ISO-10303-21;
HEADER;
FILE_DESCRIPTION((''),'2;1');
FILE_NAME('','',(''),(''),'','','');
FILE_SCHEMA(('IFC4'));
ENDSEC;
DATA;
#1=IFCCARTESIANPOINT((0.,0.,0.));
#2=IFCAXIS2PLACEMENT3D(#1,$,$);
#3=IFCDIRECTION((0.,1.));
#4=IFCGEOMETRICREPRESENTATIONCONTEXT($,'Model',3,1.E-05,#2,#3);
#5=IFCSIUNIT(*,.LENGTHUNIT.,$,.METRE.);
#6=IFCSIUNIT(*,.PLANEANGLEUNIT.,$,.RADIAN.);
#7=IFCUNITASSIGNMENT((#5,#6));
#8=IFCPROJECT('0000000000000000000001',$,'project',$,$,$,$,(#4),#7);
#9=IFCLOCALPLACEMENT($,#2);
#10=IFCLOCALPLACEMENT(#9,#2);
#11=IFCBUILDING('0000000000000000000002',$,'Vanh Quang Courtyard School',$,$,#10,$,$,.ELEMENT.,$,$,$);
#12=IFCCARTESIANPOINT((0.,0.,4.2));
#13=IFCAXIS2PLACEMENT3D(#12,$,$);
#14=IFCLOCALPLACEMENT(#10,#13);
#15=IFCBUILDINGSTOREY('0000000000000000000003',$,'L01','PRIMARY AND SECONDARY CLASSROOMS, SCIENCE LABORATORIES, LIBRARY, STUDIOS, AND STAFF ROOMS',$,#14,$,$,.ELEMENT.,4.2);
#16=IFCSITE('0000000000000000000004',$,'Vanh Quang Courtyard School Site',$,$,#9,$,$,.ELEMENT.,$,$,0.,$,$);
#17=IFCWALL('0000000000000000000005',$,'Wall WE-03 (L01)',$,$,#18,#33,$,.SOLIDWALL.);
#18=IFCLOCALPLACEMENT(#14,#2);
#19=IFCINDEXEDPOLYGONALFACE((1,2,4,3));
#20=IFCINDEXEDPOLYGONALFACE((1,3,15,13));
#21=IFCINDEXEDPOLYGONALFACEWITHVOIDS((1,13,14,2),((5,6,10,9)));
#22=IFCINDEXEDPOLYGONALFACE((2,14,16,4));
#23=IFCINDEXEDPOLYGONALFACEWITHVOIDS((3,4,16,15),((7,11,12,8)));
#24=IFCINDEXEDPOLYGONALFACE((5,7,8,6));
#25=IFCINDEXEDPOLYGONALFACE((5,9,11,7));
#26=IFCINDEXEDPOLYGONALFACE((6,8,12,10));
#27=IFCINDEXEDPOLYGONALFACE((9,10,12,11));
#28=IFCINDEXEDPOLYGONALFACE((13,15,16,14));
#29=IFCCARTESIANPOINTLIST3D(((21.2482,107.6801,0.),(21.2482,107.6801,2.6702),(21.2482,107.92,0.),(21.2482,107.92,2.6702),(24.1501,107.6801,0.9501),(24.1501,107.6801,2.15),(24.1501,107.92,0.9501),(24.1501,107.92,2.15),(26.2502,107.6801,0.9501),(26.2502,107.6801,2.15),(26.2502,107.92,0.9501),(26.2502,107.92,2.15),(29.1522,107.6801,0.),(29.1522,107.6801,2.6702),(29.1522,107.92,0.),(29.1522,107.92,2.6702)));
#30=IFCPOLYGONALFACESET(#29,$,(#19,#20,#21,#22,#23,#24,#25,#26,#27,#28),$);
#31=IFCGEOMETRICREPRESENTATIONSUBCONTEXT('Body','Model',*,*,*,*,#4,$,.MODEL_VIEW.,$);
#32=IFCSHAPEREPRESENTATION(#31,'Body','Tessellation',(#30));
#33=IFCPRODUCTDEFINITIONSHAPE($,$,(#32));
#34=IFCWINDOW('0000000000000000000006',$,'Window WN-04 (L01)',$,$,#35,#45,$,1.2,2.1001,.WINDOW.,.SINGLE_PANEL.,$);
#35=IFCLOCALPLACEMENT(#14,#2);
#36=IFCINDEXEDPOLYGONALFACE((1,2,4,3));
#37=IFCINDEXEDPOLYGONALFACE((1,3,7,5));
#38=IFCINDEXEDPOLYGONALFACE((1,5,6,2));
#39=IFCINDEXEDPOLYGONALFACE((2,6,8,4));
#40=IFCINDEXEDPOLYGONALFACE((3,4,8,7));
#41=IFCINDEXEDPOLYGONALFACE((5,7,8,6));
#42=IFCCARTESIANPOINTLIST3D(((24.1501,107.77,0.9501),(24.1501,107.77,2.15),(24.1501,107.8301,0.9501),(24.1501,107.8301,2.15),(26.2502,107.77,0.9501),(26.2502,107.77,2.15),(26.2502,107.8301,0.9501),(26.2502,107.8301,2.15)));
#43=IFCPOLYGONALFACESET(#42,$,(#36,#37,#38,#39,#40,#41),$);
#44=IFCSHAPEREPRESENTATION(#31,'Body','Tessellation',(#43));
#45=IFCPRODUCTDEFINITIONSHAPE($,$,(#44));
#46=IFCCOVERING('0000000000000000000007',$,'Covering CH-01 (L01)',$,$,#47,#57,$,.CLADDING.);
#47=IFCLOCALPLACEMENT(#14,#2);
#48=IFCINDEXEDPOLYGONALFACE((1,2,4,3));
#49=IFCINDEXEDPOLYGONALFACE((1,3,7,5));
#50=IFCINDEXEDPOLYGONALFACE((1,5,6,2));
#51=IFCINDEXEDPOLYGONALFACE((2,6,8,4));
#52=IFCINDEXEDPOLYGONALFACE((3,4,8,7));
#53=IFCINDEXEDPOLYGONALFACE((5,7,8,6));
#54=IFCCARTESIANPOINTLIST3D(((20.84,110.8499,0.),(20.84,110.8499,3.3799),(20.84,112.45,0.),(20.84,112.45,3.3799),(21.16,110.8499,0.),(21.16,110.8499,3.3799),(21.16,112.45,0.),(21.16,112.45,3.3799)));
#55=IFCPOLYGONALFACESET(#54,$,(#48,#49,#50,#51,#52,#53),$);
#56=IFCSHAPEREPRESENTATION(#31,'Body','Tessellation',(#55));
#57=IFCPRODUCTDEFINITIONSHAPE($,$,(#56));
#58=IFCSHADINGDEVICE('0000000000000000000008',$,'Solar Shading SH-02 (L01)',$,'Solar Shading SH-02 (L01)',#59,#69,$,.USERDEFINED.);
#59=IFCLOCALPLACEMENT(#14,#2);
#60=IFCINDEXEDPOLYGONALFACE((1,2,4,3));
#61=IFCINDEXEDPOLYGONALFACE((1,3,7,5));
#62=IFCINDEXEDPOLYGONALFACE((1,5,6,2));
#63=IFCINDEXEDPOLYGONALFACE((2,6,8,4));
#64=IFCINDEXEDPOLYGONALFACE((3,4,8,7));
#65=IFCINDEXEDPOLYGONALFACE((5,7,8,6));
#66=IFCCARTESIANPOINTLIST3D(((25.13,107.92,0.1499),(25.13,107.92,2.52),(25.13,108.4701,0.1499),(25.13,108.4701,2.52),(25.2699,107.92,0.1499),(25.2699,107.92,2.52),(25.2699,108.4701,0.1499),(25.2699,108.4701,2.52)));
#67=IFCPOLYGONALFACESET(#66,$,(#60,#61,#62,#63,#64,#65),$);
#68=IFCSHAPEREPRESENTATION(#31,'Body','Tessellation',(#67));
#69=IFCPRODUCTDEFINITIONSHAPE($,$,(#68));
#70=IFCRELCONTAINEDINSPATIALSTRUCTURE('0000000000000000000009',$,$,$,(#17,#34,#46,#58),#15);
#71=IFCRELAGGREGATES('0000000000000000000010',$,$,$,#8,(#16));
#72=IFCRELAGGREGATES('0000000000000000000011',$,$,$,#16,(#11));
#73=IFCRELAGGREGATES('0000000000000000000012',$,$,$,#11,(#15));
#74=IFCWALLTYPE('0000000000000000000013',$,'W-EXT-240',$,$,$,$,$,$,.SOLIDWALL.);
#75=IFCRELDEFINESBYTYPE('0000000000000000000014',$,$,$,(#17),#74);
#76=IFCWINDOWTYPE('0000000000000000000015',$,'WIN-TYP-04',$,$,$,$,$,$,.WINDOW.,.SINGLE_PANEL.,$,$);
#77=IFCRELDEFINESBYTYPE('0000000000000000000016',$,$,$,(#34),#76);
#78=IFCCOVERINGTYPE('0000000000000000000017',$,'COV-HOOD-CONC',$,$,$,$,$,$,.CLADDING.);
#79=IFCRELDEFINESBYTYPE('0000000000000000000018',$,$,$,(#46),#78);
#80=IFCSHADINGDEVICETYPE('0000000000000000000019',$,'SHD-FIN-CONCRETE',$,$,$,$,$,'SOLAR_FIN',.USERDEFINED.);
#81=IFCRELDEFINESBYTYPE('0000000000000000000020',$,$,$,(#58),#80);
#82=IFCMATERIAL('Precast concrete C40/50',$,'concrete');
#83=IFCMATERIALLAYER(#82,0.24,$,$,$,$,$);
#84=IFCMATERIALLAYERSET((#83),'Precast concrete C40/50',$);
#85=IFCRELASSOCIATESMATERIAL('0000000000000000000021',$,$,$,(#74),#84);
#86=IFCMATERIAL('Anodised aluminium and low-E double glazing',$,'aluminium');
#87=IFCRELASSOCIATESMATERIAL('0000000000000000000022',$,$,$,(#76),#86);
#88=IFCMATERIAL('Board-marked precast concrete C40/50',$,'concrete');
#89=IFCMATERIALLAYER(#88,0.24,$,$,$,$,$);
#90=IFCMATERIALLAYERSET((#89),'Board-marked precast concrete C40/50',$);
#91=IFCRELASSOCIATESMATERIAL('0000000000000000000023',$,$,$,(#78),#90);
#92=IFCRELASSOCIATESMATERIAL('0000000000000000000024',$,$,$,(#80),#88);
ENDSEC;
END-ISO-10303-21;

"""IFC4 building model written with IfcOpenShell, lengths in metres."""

from ifc_helpers import new_model, si_unit, direction, frame, frame_2d, origin, origin_2d, place, context, subcontext, project, spatial, rectangle, extrude, material, layer, layer_set, type_object, element, fill, save


model = new_model("IFC4")

# Units and contexts
model_context = context("Model", 3, precision=1e-05, world=origin(), true_north=direction((0.0, 1.0)))
body_context = subcontext(model_context, "Body", "Model", "MODEL_VIEW")
ifc_project = project(units=[si_unit("LENGTHUNIT", "METRE"), si_unit("PLANEANGLEUNIT", "RADIAN")], contexts=[model_context])

# Site, building, storey
site_placement = place(None, origin())
site = spatial("IfcSite", under=ifc_project, at=site_placement, Name="Vanh Quang Courtyard School Site", CompositionType="ELEMENT", RefElevation=0.0)
building_placement = place(site_placement, origin())
building = spatial("IfcBuilding", under=site, at=building_placement, Name="Vanh Quang Courtyard School", CompositionType="ELEMENT")
storey_placement = place(building_placement, frame((0.0, 0.0, 4.2)))
storey = spatial("IfcBuildingStorey", under=building, at=storey_placement, Name="L01", Description="PRIMARY AND SECONDARY CLASSROOMS, SCIENCE LABORATORIES, LIBRARY, STUDIOS, AND STAFF ROOMS", CompositionType="ELEMENT", Elevation=4.2)

# Wall, opening, window
ifc_material_1 = material(Name="Precast concrete C40/50", Category="concrete")
ifc_layer_1 = layer(ifc_material_1, 0.24)
ifc_layer_set_1 = layer_set([ifc_layer_1], Name="Precast concrete C40/50")
wall_type = type_object("IfcWallType", Name="W-EXT-240", PredefinedType="SOLIDWALL", material=ifc_layer_set_1)
wall_placement = place(storey_placement, frame((21.248, 107.8, 0.0), z_axis=(0.0, 0.0, 1.0), x_axis=(1.0, 0.0, 0.0)))
wall = element("IfcWall", 1, at=wall_placement, inside=storey, type_object=wall_type, Name="Wall WE-03 (L01)", PredefinedType="SOLIDWALL", context=body_context, shape_type="SweptSolid", body=[
    extrude(rectangle(XDim=7.9041, YDim=0.24, at=frame_2d((3.9521, 0.0))), origin(), (0.0, 0.0, 1.0), 2.6702),
])
opening_placement = place(wall_placement, frame((2.9021, 0.0, 0.95)))
opening = element("IfcOpeningElement", 2, at=opening_placement, cuts=wall, PredefinedType="OPENING", context=body_context, shape_type="SweptSolid", body=[
    extrude(rectangle(XDim=2.1001, YDim=1.2, at=frame_2d((1.05, 0.6001))), frame((0.0, 0.1299, 0.0), z_axis=(0.0, -1.0, 0.0), x_axis=(1.0, 0.0, 0.0)), (0.0, 0.0, 1.0), 0.26),
])
ifc_material_2 = material(Name="Anodised aluminium and low-E double glazing", Category="aluminium")
window_type = type_object("IfcWindowType", Name="WIN-TYP-04", PartitioningType="SINGLE_PANEL", PredefinedType="WINDOW", material=ifc_material_2)
window_placement = place(opening_placement, origin())
window = element("IfcWindow", 3, at=window_placement, inside=storey, type_object=window_type, Name="Window WN-04 (L01)", OverallHeight=1.2, OverallWidth=2.1001, PartitioningType="SINGLE_PANEL", PredefinedType="WINDOW", context=body_context, shape_type="SweptSolid", body=[
    extrude(rectangle(XDim=2.1001, YDim=1.2, at=frame_2d((1.05, 0.6001))), frame((0.0, 0.03, 0.0), z_axis=(0.0, -1.0, 0.0), x_axis=(1.0, 0.0, 0.0)), (0.0, 0.0, 1.0), 0.0601),
])
fill(opening, window)

# Covering
ifc_material_3 = material(Name="Board-marked precast concrete C40/50", Category="concrete")
ifc_layer_2 = layer(ifc_material_3, 0.24)
ifc_layer_set_2 = layer_set([ifc_layer_2], Name="Board-marked precast concrete C40/50")
covering_type = type_object("IfcCoveringType", Name="COV-HOOD-CONC", PredefinedType="CLADDING", material=ifc_layer_set_2)
covering_placement = place(storey_placement, frame((21.0, 111.6499, 0.0), z_axis=(0.0, 0.0, 1.0), x_axis=(0.0, 1.0, 0.0)))
element("IfcCovering", 4, at=covering_placement, inside=storey, type_object=covering_type, Name="Covering CH-01 (L01)", PredefinedType="CLADDING", context=body_context, shape_type="SweptSolid", body=[
    extrude(rectangle(XDim=1.6001, YDim=0.3201, at=origin_2d()), origin(), (0.0, 0.0, 1.0), 3.3799),
])

# Shading device
shading_device_type = type_object("IfcShadingDeviceType", Name="SHD-FIN-CONCRETE", ElementType="SOLAR_FIN", PredefinedType="USERDEFINED", material=ifc_material_3)
shading_device_placement = place(storey_placement, frame((25.2, 108.1951, 0.1499), z_axis=(0.0, 0.0, 1.0), x_axis=(1.0, 0.0, 0.0)))
element("IfcShadingDevice", 5, at=shading_device_placement, inside=storey, type_object=shading_device_type, Name="Solar Shading SH-02 (L01)", ObjectType="Solar Shading SH-02 (L01)", PredefinedType="USERDEFINED", context=body_context, shape_type="SweptSolid", body=[
    extrude(rectangle(XDim=0.1399, YDim=0.55, at=origin_2d()), origin(), (0.0, 0.0, 1.0), 2.3701),
])

save(model, "model.ifc")
